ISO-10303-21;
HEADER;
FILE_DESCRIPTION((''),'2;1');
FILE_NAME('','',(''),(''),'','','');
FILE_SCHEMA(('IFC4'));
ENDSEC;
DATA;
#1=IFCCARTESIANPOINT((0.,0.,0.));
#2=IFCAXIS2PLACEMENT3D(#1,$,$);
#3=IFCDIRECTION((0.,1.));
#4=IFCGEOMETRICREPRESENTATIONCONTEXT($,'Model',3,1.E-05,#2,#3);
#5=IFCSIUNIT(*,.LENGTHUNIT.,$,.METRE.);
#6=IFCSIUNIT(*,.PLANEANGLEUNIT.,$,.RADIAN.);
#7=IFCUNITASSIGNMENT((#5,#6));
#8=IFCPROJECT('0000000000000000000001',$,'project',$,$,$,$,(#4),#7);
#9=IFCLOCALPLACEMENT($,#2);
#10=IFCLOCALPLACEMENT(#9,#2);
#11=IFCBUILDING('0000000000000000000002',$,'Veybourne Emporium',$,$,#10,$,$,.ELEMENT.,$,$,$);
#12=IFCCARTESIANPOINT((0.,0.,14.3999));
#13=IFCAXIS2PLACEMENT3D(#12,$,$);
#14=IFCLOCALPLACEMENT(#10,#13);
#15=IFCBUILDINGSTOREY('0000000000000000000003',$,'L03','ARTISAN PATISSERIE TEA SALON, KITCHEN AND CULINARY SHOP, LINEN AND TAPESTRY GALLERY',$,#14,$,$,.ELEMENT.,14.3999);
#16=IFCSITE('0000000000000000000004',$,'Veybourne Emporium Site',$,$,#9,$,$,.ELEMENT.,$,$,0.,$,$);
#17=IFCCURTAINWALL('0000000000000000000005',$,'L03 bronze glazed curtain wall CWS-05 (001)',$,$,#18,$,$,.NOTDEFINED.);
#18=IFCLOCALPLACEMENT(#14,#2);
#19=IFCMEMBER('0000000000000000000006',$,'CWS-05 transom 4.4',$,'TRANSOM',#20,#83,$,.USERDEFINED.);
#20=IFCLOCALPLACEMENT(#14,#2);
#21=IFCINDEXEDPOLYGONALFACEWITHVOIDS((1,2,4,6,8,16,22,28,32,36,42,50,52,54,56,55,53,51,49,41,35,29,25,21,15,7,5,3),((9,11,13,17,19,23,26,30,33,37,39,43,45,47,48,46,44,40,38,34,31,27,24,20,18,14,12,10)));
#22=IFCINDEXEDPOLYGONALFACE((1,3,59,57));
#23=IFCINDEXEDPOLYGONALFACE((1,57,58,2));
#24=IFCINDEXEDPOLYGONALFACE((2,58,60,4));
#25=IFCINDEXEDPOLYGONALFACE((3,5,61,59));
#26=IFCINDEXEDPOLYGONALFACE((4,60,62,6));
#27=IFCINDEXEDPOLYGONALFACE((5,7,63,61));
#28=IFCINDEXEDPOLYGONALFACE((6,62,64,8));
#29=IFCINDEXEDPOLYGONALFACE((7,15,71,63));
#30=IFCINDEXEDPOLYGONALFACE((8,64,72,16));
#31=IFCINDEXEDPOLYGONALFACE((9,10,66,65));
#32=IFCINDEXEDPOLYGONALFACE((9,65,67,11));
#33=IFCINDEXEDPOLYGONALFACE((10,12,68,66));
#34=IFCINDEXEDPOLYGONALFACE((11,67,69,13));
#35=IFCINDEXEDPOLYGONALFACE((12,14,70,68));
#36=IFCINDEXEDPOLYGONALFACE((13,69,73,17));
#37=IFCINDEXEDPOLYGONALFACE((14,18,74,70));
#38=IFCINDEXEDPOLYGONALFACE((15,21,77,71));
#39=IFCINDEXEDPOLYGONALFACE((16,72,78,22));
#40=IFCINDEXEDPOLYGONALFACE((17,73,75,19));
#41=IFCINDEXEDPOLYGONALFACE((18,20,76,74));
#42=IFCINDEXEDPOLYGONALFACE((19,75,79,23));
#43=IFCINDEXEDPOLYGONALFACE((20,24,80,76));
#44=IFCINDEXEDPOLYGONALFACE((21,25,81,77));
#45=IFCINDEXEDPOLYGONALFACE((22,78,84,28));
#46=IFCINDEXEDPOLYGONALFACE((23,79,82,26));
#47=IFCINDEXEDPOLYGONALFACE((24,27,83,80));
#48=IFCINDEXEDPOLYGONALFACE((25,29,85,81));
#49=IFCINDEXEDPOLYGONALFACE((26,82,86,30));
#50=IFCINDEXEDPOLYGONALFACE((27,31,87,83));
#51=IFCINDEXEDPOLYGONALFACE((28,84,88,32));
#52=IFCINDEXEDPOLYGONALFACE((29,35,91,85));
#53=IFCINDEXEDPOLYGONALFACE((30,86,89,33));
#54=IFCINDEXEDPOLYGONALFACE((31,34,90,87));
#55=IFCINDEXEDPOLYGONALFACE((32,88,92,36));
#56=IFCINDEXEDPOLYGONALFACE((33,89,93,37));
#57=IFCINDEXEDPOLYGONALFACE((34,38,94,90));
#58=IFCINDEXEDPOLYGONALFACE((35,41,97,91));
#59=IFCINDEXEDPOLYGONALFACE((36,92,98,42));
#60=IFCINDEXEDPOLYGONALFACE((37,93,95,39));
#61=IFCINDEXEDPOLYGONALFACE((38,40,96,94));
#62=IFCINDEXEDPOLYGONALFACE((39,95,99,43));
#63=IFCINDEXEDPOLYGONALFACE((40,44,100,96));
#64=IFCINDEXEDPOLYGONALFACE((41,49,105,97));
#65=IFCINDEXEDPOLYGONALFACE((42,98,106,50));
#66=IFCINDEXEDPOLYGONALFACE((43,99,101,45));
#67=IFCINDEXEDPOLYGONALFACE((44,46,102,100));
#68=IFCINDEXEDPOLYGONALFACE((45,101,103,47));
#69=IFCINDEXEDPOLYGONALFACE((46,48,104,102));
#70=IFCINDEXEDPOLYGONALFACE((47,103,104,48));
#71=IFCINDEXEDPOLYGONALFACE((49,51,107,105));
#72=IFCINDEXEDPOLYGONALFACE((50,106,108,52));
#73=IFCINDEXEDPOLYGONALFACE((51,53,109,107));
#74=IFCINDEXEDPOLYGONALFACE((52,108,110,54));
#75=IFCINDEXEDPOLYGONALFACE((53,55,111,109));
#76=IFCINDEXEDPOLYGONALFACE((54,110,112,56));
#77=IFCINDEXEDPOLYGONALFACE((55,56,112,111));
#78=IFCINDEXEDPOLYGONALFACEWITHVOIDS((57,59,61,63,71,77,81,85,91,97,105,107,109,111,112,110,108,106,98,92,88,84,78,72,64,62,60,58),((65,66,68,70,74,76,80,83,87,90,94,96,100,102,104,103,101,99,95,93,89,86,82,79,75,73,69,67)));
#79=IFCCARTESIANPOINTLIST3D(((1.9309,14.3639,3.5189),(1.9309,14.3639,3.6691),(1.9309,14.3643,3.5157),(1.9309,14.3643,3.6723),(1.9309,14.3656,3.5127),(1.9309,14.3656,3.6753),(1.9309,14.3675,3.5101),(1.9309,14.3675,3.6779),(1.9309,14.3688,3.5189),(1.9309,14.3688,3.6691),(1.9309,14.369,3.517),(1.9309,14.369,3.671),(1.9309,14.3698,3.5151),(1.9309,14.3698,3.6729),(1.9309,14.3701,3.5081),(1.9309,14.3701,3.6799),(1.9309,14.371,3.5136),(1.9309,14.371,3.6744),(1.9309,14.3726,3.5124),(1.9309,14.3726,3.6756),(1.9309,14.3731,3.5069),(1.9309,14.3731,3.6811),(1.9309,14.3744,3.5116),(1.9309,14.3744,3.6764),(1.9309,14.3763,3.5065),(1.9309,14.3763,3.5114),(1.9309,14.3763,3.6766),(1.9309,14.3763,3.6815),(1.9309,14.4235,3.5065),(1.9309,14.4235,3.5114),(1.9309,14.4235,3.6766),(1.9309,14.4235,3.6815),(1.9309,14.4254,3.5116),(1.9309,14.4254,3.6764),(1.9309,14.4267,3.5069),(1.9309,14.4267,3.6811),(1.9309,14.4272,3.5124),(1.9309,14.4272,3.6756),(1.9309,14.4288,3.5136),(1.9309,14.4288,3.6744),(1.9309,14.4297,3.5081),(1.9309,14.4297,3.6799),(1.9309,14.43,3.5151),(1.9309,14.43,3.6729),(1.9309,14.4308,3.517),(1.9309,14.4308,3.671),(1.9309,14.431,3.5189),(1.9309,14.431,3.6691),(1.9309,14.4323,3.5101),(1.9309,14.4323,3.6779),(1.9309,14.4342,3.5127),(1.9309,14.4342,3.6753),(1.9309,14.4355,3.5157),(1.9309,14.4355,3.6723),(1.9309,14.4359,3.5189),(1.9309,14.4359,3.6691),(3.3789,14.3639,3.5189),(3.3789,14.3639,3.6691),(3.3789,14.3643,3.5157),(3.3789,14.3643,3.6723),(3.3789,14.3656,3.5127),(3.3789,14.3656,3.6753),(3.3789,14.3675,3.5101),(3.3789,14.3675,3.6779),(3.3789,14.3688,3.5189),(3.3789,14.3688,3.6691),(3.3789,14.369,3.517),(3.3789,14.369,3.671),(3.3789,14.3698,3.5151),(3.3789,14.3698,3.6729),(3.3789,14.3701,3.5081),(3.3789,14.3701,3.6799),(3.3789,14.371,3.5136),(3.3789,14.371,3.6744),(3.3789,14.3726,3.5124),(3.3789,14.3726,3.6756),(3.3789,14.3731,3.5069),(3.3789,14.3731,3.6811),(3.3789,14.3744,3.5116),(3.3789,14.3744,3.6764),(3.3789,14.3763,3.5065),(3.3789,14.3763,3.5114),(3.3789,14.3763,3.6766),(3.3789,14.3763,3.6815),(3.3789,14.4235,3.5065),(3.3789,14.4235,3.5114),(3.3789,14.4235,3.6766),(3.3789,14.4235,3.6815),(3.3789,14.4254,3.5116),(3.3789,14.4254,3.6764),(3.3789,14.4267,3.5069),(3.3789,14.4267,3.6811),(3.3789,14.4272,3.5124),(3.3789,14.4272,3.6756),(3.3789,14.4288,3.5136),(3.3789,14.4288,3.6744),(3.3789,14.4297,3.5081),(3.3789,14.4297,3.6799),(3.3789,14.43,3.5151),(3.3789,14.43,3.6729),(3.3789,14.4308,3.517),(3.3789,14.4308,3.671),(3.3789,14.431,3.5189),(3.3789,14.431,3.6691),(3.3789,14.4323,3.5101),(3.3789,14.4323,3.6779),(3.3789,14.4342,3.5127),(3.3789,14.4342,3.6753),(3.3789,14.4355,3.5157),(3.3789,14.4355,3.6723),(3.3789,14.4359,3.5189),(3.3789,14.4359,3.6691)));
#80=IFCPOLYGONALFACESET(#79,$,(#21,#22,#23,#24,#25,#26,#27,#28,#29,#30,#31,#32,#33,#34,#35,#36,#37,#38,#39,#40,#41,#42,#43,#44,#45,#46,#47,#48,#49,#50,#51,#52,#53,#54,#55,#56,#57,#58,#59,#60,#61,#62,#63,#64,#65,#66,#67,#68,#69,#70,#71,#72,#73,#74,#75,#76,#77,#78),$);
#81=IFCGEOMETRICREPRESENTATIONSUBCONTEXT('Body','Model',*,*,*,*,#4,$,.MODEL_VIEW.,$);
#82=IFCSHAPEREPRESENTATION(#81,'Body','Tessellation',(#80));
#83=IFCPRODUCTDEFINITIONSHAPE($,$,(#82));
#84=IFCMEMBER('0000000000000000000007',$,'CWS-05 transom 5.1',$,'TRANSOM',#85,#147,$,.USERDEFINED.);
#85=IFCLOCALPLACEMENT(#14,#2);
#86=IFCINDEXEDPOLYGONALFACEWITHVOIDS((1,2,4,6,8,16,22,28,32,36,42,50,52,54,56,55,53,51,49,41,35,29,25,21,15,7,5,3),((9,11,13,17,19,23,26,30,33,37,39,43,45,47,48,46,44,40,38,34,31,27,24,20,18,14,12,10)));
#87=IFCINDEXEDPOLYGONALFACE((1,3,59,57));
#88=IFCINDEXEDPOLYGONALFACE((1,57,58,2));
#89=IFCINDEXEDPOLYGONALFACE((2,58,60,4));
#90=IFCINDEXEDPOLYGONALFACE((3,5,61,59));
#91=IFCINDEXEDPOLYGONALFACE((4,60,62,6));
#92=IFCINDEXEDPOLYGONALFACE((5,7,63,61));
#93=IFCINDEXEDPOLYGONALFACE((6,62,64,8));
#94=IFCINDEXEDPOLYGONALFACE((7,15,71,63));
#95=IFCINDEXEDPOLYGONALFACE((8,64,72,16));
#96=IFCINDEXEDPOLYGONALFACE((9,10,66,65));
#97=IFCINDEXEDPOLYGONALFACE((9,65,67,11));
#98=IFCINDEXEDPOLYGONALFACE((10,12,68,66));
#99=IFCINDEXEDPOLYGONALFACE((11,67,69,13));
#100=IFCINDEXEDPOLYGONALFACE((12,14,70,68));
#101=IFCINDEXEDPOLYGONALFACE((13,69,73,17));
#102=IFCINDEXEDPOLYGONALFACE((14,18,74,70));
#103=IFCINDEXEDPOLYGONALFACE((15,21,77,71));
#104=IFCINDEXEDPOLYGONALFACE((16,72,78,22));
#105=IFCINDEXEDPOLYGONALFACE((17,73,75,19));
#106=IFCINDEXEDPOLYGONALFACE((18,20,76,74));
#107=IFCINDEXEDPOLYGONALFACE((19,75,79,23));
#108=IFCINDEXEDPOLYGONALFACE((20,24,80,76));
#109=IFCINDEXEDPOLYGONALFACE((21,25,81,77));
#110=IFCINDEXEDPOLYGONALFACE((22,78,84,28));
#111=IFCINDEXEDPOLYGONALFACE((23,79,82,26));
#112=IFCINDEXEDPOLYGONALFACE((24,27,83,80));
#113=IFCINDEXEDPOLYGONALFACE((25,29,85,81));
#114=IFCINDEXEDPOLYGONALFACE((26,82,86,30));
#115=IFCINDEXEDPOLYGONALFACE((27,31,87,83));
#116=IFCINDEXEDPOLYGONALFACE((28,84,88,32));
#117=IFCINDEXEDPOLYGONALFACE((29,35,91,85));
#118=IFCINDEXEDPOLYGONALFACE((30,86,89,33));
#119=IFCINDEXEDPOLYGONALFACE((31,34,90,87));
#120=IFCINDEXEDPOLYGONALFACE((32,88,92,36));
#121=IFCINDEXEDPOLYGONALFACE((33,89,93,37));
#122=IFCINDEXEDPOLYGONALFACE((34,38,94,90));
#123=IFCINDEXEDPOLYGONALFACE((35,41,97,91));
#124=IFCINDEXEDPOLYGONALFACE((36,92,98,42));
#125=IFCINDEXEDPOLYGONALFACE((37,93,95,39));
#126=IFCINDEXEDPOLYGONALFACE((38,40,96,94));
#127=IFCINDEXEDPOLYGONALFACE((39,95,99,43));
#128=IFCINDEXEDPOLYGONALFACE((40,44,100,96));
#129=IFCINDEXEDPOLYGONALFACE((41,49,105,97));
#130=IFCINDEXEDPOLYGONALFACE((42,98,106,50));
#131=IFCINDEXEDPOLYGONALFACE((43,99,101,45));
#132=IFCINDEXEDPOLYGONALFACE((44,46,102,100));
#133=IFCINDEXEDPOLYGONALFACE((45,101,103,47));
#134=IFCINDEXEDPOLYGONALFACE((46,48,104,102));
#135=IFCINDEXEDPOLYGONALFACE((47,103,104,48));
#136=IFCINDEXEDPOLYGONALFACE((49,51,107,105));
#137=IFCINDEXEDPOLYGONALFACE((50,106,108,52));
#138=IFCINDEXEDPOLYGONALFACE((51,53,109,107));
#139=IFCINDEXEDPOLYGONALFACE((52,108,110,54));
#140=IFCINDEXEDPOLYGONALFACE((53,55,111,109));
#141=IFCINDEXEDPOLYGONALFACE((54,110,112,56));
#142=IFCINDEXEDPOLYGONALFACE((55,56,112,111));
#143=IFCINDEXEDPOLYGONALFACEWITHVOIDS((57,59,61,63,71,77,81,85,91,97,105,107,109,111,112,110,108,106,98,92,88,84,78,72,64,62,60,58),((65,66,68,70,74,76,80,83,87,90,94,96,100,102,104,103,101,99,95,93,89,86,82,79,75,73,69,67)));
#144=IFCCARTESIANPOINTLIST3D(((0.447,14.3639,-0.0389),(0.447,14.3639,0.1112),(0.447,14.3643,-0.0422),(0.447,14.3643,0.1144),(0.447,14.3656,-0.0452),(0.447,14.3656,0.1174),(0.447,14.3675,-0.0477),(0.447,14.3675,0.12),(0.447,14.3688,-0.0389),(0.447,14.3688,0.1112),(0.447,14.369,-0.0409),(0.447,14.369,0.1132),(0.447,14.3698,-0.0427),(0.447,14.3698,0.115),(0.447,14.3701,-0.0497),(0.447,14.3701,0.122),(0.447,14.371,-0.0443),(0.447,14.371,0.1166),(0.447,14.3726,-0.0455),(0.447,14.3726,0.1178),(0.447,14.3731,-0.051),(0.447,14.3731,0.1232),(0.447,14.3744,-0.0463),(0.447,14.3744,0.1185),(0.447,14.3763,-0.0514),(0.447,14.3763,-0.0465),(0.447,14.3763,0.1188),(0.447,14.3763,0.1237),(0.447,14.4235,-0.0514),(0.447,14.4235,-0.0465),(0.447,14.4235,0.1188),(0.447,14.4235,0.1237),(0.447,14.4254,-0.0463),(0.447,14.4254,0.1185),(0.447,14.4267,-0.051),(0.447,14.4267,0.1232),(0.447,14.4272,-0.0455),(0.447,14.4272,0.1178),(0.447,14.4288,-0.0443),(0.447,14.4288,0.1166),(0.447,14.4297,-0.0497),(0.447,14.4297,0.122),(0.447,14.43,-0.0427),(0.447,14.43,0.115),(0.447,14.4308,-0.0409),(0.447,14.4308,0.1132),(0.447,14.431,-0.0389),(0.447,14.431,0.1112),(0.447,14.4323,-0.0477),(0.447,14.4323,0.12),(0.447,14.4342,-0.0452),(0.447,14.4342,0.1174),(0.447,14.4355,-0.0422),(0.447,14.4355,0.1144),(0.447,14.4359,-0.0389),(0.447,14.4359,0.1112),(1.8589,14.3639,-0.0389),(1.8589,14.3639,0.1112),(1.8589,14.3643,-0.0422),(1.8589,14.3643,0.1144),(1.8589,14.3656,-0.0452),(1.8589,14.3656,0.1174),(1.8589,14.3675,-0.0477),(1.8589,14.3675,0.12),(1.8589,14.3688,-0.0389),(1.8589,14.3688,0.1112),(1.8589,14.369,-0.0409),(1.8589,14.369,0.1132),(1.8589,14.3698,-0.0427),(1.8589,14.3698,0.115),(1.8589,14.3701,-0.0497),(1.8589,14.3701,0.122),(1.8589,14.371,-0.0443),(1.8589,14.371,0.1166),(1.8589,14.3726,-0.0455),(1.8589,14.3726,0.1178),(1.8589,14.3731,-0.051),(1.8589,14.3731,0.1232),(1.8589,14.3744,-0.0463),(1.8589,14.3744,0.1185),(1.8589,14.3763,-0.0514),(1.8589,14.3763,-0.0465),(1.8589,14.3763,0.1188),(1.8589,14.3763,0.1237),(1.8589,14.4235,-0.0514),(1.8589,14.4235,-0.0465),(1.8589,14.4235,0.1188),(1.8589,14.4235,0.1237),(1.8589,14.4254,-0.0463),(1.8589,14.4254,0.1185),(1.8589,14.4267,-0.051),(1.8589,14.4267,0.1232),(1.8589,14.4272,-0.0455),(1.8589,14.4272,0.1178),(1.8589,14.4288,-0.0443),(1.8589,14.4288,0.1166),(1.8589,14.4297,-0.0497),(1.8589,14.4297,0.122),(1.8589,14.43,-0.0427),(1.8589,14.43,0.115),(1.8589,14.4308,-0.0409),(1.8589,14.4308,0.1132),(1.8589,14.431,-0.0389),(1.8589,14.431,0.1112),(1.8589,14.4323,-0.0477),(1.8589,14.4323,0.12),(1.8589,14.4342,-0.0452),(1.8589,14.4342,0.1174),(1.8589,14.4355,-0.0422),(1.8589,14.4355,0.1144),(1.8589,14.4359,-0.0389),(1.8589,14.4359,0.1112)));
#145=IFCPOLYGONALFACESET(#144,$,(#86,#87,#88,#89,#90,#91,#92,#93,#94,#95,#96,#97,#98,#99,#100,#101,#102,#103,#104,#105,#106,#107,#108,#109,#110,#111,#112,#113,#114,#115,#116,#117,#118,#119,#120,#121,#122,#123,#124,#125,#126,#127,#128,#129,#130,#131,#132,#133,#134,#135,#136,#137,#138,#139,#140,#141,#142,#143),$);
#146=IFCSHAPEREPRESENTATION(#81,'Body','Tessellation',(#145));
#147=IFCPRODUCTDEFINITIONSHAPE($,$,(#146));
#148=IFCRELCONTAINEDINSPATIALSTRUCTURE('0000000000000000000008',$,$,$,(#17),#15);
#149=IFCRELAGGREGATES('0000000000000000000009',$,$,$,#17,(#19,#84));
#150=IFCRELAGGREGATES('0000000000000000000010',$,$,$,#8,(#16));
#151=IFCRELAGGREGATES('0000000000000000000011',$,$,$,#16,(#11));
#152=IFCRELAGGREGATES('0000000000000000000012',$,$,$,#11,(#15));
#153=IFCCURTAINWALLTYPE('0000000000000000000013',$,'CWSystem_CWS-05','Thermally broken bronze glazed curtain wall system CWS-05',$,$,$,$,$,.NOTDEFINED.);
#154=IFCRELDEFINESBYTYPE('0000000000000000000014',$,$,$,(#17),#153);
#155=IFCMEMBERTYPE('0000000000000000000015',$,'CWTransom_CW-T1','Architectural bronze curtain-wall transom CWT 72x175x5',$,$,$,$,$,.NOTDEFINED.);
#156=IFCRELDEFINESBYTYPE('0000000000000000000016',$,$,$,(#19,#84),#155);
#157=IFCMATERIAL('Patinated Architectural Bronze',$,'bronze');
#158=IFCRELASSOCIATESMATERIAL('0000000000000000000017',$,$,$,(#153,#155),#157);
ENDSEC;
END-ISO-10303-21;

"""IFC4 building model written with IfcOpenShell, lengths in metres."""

from ifc_helpers import new_model, si_unit, direction, frame, origin, origin_2d, place, context, subcontext, project, spatial, hollow_rectangle, extrude, material, material_profile, profile_set, type_object, element, aggregate, save


model = new_model("IFC4")

# Units and contexts
model_context = context("Model", 3, precision=1e-05, world=origin(), true_north=direction((0.0, 1.0)))
body_context = subcontext(model_context, "Body", "Model", "MODEL_VIEW")
ifc_project = project(units=[si_unit("LENGTHUNIT", "METRE"), si_unit("PLANEANGLEUNIT", "RADIAN")], contexts=[model_context])

# Site, building, storey
site_placement = place(None, origin())
site = spatial("IfcSite", under=ifc_project, at=site_placement, Name="Veybourne Emporium Site", CompositionType="ELEMENT", RefElevation=0.0)
building_placement = place(site_placement, origin())
building = spatial("IfcBuilding", under=site, at=building_placement, Name="Veybourne Emporium", CompositionType="ELEMENT")
storey_placement = place(building_placement, frame((0.0, 0.0, 14.3999)))
storey = spatial("IfcBuildingStorey", under=building, at=storey_placement, Name="L03", Description="ARTISAN PATISSERIE TEA SALON, KITCHEN AND CULINARY SHOP, LINEN AND TAPESTRY GALLERY", CompositionType="ELEMENT", Elevation=14.3999)

# Curtain wall, members
ifc_material_1 = material(Name="Patinated Architectural Bronze", Category="bronze")
curtain_wall_type = type_object("IfcCurtainWallType", Name="CWSystem_CWS-05", Description="Thermally broken bronze glazed curtain wall system CWS-05", PredefinedType="NOTDEFINED", material=ifc_material_1)
curtain_wall_placement = place(storey_placement, origin())
curtain_wall = element("IfcCurtainWall", 1, at=curtain_wall_placement, inside=storey, type_object=curtain_wall_type, Name="L03 bronze glazed curtain wall CWS-05 (001)", PredefinedType="NOTDEFINED")
ifc_material_profile_1 = material_profile(ifc_material_1, hollow_rectangle(XDim=0.072, YDim=0.175, WallThickness=0.0049, InnerFilletRadius=0.0076, OuterFilletRadius=0.0125, at=origin_2d()), Name="CWT 72x175x5")
ifc_profile_set_1 = profile_set([ifc_material_profile_1], Name="Patinated Architectural Bronze")
member_type_1 = type_object("IfcMemberType", Name="CWTransom_CW-T1", Description="Architectural bronze curtain-wall transom CWT 72x175x5", PredefinedType="NOTDEFINED", material=ifc_profile_set_1)
member_1_placement = place(storey_placement, frame((3.3789, 14.3999, 3.594), z_axis=(-1.0, 0.0, 0.0), x_axis=(0.0, -1.0, 0.0)))
member_1 = element("IfcMember", 2, at=member_1_placement, type_object=member_type_1, Name="CWS-05 transom 4.4", ObjectType="TRANSOM", PredefinedType="USERDEFINED", context=body_context, shape_type="SweptSolid", body=[
    extrude(hollow_rectangle(XDim=0.072, YDim=0.175, WallThickness=0.0049, InnerFilletRadius=0.0076, OuterFilletRadius=0.0125, at=origin_2d()), origin(), (0.0, 0.0, 1.0), 1.448),
])
member_2_placement = place(storey_placement, frame((1.8589, 14.3999, 0.0361), z_axis=(-1.0, 0.0, 0.0), x_axis=(0.0, -1.0, 0.0)))
member_2 = element("IfcMember", 3, at=member_2_placement, type_object=member_type_1, Name="CWS-05 transom 5.1", ObjectType="TRANSOM", PredefinedType="USERDEFINED", context=body_context, shape_type="SweptSolid", body=[
    extrude(hollow_rectangle(XDim=0.072, YDim=0.175, WallThickness=0.0049, InnerFilletRadius=0.0076, OuterFilletRadius=0.0125, at=origin_2d()), origin(), (0.0, 0.0, 1.0), 1.4119),
])
aggregate(curtain_wall, [member_1, member_2])

save(model, "model.ifc")
